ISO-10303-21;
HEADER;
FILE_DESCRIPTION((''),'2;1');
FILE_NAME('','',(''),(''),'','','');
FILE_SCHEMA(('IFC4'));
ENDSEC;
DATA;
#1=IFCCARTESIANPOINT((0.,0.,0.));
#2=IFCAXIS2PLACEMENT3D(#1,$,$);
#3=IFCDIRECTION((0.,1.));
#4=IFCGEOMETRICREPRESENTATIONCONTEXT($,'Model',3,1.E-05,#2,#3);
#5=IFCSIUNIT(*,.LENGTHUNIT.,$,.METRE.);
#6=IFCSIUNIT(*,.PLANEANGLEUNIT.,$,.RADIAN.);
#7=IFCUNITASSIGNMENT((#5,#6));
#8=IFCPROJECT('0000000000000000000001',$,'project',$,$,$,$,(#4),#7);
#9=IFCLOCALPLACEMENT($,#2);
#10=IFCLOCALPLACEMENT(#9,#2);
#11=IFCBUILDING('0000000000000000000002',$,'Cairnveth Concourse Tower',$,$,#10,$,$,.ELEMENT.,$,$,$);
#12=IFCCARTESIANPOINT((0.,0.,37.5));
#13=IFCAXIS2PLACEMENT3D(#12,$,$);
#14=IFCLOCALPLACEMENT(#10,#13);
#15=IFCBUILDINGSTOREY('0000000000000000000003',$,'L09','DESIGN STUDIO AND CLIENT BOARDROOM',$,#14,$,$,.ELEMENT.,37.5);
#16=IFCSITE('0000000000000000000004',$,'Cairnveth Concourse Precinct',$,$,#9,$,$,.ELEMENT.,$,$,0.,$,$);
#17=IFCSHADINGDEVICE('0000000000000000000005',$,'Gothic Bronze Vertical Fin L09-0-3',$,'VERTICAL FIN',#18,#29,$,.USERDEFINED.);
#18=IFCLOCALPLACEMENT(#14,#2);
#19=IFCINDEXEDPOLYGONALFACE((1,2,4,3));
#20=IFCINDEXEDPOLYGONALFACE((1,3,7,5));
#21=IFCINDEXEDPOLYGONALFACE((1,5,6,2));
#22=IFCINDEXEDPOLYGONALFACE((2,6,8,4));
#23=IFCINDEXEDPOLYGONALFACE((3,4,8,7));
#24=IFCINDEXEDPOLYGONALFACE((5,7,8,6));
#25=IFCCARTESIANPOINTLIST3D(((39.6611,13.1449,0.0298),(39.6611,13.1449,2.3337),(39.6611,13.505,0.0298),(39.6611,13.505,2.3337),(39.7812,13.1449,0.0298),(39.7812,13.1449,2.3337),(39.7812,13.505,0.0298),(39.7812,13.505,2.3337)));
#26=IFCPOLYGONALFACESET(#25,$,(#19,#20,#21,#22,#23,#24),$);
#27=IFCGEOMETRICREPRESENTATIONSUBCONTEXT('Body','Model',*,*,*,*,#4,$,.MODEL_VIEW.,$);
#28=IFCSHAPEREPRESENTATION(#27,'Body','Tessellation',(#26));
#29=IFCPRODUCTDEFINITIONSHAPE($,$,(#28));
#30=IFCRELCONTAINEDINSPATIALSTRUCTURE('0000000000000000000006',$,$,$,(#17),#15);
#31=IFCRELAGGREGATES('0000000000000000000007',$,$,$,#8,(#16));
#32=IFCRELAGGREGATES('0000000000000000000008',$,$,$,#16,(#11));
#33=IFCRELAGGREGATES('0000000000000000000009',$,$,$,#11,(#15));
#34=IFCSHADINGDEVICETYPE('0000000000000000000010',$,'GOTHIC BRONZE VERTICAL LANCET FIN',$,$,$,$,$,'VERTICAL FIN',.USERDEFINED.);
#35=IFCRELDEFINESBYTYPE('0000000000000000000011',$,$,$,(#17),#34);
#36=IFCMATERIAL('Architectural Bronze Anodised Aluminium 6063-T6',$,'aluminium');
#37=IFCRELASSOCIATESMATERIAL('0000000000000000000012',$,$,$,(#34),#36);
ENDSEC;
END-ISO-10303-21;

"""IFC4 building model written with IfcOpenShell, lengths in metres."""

from ifc_helpers import new_model, si_unit, direction, frame, origin, origin_2d, place, context, subcontext, project, spatial, rectangle, extrude, material, type_object, element, save


model = new_model("IFC4")

# Units and contexts
model_context = context("Model", 3, precision=1e-05, world=origin(), true_north=direction((0.0, 1.0)))
body_context = subcontext(model_context, "Body", "Model", "MODEL_VIEW")
ifc_project = project(units=[si_unit("LENGTHUNIT", "METRE"), si_unit("PLANEANGLEUNIT", "RADIAN")], contexts=[model_context])

# Site, building, storey
site_placement = place(None, origin())
site = spatial("IfcSite", under=ifc_project, at=site_placement, Name="Cairnveth Concourse Precinct", CompositionType="ELEMENT", RefElevation=0.0)
building_placement = place(site_placement, origin())
building = spatial("IfcBuilding", under=site, at=building_placement, Name="Cairnveth Concourse Tower", CompositionType="ELEMENT")
storey_placement = place(building_placement, frame((0.0, 0.0, 37.5)))
storey = spatial("IfcBuildingStorey", under=building, at=storey_placement, Name="L09", Description="DESIGN STUDIO AND CLIENT BOARDROOM", CompositionType="ELEMENT", Elevation=37.5)

# Shading device
ifc_material_1 = material(Name="Architectural Bronze Anodised Aluminium 6063-T6", Category="aluminium")
shading_device_type = type_object("IfcShadingDeviceType", Name="GOTHIC BRONZE VERTICAL LANCET FIN", ElementType="VERTICAL FIN", PredefinedType="USERDEFINED", material=ifc_material_1)
shading_device_placement = place(storey_placement, frame((39.7212, 13.325, 0.0298), z_axis=(0.0, 0.0, 1.0), x_axis=(1.0, 0.0, 0.0)))
element("IfcShadingDevice", 1, at=shading_device_placement, inside=storey, type_object=shading_device_type, Name="Gothic Bronze Vertical Fin L09-0-3", ObjectType="VERTICAL FIN", PredefinedType="USERDEFINED", context=body_context, shape_type="SweptSolid", body=[
    extrude(rectangle(XDim=0.1201, YDim=0.3601, at=origin_2d()), origin(), (0.0, 0.0, 1.0), 2.304),
])

save(model, "model.ifc")
